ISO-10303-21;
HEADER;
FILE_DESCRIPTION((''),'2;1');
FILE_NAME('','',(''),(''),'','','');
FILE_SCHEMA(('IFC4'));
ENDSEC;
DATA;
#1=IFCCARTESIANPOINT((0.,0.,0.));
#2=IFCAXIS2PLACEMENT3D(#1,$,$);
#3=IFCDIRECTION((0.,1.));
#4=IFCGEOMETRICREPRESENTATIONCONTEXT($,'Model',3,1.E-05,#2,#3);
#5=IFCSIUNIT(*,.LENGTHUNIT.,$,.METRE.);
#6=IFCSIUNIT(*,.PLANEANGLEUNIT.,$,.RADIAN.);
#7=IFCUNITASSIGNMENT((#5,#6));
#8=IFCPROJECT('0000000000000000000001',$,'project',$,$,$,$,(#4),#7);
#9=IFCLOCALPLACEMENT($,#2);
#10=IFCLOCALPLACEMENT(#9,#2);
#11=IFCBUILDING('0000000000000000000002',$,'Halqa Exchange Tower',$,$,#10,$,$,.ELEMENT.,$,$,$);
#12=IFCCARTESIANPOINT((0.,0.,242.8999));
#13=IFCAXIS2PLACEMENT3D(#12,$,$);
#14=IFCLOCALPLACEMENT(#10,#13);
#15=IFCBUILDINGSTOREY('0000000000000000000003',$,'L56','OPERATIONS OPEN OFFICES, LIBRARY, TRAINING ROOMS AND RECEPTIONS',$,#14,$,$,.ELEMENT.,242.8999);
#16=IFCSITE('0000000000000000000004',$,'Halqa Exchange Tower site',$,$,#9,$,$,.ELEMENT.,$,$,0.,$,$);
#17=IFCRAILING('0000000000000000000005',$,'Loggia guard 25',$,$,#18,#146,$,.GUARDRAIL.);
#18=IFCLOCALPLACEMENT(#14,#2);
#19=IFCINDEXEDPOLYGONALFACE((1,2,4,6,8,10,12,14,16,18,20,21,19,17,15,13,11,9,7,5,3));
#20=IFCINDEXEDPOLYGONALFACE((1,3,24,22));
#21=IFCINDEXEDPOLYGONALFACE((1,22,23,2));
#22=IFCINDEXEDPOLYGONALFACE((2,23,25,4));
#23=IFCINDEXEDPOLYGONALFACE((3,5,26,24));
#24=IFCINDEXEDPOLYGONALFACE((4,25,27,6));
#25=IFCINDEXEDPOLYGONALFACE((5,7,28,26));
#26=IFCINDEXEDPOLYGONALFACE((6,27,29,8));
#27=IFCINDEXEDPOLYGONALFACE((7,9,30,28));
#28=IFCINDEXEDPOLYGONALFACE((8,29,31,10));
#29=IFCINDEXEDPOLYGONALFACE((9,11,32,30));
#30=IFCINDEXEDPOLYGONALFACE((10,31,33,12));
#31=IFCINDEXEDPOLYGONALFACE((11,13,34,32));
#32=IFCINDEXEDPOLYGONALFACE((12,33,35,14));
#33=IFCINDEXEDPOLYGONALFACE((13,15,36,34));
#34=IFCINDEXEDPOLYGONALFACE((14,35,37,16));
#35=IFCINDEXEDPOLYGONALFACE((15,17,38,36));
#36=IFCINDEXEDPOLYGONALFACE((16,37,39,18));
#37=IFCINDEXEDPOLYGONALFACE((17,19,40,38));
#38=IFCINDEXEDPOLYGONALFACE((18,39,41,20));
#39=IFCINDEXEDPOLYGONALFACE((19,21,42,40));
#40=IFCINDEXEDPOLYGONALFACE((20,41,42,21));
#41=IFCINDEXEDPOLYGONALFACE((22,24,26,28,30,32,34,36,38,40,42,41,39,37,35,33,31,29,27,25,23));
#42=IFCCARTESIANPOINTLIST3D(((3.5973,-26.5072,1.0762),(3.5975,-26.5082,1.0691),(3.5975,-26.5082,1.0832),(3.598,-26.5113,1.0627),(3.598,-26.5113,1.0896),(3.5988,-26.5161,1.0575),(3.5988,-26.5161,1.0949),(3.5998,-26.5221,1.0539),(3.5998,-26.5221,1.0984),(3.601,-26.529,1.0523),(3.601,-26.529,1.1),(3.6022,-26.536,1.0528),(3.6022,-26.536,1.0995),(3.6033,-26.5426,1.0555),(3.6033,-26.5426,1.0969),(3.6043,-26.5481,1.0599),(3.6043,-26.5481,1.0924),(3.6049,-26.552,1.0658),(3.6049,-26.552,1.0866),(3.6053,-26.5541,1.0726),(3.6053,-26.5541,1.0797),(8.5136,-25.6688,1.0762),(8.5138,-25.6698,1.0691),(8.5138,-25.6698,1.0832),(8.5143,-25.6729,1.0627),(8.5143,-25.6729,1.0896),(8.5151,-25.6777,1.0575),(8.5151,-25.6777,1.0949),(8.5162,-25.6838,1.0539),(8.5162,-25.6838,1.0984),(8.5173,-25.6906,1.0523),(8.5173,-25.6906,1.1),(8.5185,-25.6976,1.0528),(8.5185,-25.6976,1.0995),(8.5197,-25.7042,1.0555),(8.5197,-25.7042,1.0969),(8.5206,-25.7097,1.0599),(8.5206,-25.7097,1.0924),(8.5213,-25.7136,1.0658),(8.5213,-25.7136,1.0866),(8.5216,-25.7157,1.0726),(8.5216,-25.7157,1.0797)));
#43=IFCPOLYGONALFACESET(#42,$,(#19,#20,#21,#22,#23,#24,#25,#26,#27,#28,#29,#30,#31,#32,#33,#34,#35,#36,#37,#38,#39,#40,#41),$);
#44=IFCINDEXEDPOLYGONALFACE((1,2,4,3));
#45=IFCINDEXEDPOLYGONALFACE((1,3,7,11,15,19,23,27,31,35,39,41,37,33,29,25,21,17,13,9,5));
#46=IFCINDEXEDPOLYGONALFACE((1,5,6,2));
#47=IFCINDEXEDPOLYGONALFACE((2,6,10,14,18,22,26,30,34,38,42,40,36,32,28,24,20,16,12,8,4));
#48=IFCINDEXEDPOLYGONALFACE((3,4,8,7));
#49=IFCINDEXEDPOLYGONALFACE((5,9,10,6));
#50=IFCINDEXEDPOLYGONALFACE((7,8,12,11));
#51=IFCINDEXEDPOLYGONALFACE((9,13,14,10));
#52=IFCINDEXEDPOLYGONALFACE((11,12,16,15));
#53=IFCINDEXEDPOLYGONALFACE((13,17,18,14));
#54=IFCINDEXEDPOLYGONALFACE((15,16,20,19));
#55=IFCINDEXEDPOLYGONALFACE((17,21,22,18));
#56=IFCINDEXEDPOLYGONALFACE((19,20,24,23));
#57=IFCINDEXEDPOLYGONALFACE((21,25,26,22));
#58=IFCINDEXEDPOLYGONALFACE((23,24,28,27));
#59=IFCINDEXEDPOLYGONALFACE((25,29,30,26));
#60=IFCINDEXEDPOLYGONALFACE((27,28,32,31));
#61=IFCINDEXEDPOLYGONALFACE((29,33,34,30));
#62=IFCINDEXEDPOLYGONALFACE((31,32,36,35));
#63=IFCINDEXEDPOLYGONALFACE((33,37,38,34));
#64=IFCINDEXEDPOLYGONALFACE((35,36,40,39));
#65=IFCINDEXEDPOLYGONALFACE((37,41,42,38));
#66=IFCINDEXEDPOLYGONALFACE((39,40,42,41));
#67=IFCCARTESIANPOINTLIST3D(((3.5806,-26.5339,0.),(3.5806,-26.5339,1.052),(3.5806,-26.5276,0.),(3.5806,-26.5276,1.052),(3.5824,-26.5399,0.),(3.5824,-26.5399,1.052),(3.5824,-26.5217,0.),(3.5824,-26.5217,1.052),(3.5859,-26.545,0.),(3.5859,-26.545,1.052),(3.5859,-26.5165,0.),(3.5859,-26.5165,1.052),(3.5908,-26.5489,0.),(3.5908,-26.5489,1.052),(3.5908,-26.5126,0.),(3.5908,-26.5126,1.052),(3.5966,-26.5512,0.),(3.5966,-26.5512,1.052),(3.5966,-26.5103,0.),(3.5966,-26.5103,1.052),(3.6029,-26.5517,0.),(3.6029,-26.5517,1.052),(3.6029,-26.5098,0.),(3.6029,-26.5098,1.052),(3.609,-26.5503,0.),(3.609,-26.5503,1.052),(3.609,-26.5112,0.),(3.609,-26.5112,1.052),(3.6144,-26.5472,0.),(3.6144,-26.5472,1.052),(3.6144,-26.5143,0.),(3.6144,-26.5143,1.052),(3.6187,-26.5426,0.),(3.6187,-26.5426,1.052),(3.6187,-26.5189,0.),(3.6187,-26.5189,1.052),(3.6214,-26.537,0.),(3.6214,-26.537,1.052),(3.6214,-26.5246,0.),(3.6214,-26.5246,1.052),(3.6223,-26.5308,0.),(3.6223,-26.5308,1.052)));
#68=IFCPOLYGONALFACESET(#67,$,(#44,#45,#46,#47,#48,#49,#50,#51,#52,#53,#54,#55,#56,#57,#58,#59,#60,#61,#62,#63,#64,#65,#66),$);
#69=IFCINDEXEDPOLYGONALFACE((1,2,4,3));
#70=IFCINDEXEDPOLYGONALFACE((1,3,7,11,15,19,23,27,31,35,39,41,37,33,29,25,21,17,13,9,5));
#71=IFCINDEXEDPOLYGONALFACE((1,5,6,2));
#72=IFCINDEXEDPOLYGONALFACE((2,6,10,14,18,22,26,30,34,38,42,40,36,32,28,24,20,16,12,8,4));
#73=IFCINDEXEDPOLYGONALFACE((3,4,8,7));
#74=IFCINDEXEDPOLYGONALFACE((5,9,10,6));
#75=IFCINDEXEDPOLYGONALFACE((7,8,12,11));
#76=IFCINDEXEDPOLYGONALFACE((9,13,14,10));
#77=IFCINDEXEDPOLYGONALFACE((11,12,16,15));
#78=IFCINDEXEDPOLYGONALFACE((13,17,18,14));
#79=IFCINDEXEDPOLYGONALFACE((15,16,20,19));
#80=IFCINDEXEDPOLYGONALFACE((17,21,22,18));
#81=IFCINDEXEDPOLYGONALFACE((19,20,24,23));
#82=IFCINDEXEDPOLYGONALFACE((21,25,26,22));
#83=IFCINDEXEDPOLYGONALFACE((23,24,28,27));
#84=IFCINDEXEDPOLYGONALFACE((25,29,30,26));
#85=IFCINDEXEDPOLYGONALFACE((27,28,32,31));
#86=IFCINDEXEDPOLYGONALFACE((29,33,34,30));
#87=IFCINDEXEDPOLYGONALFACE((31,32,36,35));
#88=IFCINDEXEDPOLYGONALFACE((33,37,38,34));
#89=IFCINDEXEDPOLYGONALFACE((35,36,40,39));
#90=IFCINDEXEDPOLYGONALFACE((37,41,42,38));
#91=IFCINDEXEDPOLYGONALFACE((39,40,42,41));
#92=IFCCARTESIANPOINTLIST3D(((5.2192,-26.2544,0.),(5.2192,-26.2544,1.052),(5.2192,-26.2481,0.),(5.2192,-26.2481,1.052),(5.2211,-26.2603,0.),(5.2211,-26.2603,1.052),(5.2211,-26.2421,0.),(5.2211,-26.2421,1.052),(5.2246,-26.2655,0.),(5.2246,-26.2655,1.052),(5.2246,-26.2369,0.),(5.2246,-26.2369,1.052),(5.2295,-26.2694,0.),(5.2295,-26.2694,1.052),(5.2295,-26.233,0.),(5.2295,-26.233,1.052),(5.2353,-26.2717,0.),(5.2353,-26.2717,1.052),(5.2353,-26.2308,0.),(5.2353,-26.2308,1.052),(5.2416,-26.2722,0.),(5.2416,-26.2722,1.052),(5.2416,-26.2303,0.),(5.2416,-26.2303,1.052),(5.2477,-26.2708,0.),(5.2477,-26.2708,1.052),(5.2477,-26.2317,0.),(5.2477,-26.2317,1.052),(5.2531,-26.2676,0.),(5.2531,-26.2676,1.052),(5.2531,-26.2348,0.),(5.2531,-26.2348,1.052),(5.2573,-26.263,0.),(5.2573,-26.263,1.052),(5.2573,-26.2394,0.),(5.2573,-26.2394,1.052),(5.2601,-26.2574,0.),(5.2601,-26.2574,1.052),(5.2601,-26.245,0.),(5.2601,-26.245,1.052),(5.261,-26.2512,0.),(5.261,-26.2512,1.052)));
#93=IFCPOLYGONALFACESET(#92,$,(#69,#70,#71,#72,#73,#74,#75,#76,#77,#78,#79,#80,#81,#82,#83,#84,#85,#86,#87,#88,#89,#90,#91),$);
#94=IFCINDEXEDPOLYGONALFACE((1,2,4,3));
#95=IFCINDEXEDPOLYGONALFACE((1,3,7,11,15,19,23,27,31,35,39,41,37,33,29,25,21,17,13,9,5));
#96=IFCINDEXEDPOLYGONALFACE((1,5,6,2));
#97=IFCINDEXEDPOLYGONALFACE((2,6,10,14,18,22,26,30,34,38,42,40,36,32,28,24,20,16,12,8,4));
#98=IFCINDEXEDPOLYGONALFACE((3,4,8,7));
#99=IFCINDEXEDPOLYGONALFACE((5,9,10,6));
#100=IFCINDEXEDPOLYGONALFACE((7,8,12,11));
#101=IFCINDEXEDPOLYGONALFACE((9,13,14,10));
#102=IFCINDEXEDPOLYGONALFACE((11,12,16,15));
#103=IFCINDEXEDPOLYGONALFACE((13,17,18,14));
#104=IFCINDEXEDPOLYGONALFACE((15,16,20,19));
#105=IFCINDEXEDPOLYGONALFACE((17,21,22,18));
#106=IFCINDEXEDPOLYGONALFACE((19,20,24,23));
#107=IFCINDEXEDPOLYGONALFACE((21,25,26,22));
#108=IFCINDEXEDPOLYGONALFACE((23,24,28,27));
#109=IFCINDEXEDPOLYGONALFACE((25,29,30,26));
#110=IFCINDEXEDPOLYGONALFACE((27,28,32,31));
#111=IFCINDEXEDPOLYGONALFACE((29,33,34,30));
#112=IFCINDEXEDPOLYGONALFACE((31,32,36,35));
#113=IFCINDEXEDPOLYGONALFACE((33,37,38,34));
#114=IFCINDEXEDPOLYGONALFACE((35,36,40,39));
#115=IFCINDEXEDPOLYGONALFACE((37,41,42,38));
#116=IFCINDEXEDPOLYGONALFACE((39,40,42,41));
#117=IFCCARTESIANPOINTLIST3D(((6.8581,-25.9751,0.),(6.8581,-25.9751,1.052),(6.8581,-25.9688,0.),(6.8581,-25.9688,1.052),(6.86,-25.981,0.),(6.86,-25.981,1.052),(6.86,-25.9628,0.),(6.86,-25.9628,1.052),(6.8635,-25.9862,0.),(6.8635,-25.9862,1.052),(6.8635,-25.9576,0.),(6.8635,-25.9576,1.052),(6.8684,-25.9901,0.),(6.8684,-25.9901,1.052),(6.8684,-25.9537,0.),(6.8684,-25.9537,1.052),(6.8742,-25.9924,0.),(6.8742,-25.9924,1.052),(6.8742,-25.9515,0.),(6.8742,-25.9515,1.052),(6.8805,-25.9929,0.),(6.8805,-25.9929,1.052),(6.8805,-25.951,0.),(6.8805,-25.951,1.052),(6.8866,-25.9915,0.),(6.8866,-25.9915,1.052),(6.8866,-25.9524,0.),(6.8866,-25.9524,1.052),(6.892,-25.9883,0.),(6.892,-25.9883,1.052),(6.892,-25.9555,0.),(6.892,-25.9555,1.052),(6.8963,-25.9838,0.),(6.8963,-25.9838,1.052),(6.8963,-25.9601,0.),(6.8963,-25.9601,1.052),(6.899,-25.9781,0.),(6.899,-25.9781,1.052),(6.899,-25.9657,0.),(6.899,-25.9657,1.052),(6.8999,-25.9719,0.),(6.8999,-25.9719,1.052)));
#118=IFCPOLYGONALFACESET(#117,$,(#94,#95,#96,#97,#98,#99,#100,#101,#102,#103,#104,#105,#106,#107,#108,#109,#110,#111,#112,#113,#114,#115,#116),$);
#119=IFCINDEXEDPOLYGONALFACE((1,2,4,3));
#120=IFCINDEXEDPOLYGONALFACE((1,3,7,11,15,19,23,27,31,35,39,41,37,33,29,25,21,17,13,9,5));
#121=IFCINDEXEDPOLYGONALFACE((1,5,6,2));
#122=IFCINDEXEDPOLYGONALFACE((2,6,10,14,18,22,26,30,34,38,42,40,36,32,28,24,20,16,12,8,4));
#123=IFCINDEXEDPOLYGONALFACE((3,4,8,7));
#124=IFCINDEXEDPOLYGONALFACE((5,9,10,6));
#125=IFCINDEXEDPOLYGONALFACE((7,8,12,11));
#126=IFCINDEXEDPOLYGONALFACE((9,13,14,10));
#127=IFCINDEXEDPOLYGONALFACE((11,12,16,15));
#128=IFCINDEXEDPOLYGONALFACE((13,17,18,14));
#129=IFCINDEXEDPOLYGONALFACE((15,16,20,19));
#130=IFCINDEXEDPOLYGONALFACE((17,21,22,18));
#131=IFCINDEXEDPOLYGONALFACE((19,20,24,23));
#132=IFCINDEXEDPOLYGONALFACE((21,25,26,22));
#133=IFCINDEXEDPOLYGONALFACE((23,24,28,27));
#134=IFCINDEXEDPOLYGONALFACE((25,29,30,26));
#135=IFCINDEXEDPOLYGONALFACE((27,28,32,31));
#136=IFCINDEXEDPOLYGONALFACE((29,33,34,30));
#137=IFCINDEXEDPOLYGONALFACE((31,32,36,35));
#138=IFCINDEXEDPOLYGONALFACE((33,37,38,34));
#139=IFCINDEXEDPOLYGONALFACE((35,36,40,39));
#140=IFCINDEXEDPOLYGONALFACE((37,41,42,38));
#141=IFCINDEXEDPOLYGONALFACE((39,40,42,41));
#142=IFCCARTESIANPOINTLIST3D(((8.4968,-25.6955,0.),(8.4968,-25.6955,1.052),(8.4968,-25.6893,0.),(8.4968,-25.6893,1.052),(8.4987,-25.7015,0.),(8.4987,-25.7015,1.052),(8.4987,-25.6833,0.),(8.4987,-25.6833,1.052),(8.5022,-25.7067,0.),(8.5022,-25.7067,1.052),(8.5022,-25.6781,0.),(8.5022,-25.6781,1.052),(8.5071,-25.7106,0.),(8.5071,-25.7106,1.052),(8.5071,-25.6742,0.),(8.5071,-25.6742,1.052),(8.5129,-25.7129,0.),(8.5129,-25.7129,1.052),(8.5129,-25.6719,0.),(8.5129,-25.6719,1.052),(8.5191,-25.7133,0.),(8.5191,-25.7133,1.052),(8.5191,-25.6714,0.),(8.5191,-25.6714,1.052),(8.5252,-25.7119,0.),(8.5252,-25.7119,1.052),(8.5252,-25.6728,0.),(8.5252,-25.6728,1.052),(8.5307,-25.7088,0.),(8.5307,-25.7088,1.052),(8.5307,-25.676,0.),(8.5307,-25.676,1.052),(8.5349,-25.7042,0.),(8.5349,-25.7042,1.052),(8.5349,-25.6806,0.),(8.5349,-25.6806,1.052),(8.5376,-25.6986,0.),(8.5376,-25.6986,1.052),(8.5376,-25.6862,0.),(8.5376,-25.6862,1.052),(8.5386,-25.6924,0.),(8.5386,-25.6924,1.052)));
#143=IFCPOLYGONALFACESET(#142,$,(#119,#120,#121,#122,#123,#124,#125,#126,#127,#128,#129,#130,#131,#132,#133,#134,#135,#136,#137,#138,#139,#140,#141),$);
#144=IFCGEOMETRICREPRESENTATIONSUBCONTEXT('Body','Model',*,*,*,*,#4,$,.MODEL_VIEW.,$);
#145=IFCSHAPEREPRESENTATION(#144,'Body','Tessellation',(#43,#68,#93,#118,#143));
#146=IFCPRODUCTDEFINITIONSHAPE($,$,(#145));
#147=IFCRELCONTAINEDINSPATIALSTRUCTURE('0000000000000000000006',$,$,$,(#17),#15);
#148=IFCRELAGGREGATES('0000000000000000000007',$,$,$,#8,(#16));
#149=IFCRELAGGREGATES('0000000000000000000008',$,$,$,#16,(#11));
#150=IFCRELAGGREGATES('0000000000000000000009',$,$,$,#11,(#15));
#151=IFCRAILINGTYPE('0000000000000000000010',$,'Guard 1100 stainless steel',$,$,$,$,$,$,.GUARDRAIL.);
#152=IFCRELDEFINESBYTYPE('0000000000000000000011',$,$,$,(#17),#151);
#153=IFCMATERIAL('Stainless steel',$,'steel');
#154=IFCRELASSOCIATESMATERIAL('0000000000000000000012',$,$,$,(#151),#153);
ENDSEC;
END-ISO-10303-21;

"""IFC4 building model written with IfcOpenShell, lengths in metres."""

from ifc_helpers import new_model, si_unit, direction, frame, origin, origin_2d, place, context, subcontext, project, spatial, circle, extrude, material, type_object, element, save


model = new_model("IFC4")

# Units and contexts
model_context = context("Model", 3, precision=1e-05, world=origin(), true_north=direction((0.0, 1.0)))
body_context = subcontext(model_context, "Body", "Model", "MODEL_VIEW")
ifc_project = project(units=[si_unit("LENGTHUNIT", "METRE"), si_unit("PLANEANGLEUNIT", "RADIAN")], contexts=[model_context])

# Site, building, storey
site_placement = place(None, origin())
site = spatial("IfcSite", under=ifc_project, at=site_placement, Name="Halqa Exchange Tower site", CompositionType="ELEMENT", RefElevation=0.0)
building_placement = place(site_placement, origin())
building = spatial("IfcBuilding", under=site, at=building_placement, Name="Halqa Exchange Tower", CompositionType="ELEMENT")
storey_placement = place(building_placement, frame((0.0, 0.0, 242.8999)))
storey = spatial("IfcBuildingStorey", under=building, at=storey_placement, Name="L56", Description="OPERATIONS OPEN OFFICES, LIBRARY, TRAINING ROOMS AND RECEPTIONS", CompositionType="ELEMENT", Elevation=242.8999)

# Railing
ifc_material_1 = material(Name="Stainless steel", Category="steel")
railing_type = type_object("IfcRailingType", Name="Guard 1100 stainless steel", PredefinedType="GUARDRAIL", material=ifc_material_1)
railing_1_placement = place(storey_placement, frame((3.6013, -26.5308, 0.0)))
element("IfcRailing", 1, at=railing_1_placement, inside=storey, type_object=railing_type, Name="Loggia guard 25", PredefinedType="GUARDRAIL", context=body_context, shape_type="SweptSolid", body=[
    extrude(circle(Radius=0.0239, at=origin_2d()), frame((0.0, 0.0, 1.0762), z_axis=(0.985769, 0.168105, 0.0), x_axis=(-0.168105, 0.985769, 0.0)), (0.0, 0.0, 1.0), 4.9873),
    extrude(circle(Radius=0.021, at=origin_2d()), origin(), (0.0, 0.0, 1.0), 1.052),
    extrude(circle(Radius=0.021, at=origin_2d()), frame((1.6387, 0.2795, 0.0)), (0.0, 0.0, 1.0), 1.052),
    extrude(circle(Radius=0.021, at=origin_2d()), frame((3.2776, 0.5588, 0.0)), (0.0, 0.0, 1.0), 1.052),
    extrude(circle(Radius=0.021, at=origin_2d()), frame((4.9163, 0.8384, 0.0)), (0.0, 0.0, 1.0), 1.052),
])

save(model, "model.ifc")
